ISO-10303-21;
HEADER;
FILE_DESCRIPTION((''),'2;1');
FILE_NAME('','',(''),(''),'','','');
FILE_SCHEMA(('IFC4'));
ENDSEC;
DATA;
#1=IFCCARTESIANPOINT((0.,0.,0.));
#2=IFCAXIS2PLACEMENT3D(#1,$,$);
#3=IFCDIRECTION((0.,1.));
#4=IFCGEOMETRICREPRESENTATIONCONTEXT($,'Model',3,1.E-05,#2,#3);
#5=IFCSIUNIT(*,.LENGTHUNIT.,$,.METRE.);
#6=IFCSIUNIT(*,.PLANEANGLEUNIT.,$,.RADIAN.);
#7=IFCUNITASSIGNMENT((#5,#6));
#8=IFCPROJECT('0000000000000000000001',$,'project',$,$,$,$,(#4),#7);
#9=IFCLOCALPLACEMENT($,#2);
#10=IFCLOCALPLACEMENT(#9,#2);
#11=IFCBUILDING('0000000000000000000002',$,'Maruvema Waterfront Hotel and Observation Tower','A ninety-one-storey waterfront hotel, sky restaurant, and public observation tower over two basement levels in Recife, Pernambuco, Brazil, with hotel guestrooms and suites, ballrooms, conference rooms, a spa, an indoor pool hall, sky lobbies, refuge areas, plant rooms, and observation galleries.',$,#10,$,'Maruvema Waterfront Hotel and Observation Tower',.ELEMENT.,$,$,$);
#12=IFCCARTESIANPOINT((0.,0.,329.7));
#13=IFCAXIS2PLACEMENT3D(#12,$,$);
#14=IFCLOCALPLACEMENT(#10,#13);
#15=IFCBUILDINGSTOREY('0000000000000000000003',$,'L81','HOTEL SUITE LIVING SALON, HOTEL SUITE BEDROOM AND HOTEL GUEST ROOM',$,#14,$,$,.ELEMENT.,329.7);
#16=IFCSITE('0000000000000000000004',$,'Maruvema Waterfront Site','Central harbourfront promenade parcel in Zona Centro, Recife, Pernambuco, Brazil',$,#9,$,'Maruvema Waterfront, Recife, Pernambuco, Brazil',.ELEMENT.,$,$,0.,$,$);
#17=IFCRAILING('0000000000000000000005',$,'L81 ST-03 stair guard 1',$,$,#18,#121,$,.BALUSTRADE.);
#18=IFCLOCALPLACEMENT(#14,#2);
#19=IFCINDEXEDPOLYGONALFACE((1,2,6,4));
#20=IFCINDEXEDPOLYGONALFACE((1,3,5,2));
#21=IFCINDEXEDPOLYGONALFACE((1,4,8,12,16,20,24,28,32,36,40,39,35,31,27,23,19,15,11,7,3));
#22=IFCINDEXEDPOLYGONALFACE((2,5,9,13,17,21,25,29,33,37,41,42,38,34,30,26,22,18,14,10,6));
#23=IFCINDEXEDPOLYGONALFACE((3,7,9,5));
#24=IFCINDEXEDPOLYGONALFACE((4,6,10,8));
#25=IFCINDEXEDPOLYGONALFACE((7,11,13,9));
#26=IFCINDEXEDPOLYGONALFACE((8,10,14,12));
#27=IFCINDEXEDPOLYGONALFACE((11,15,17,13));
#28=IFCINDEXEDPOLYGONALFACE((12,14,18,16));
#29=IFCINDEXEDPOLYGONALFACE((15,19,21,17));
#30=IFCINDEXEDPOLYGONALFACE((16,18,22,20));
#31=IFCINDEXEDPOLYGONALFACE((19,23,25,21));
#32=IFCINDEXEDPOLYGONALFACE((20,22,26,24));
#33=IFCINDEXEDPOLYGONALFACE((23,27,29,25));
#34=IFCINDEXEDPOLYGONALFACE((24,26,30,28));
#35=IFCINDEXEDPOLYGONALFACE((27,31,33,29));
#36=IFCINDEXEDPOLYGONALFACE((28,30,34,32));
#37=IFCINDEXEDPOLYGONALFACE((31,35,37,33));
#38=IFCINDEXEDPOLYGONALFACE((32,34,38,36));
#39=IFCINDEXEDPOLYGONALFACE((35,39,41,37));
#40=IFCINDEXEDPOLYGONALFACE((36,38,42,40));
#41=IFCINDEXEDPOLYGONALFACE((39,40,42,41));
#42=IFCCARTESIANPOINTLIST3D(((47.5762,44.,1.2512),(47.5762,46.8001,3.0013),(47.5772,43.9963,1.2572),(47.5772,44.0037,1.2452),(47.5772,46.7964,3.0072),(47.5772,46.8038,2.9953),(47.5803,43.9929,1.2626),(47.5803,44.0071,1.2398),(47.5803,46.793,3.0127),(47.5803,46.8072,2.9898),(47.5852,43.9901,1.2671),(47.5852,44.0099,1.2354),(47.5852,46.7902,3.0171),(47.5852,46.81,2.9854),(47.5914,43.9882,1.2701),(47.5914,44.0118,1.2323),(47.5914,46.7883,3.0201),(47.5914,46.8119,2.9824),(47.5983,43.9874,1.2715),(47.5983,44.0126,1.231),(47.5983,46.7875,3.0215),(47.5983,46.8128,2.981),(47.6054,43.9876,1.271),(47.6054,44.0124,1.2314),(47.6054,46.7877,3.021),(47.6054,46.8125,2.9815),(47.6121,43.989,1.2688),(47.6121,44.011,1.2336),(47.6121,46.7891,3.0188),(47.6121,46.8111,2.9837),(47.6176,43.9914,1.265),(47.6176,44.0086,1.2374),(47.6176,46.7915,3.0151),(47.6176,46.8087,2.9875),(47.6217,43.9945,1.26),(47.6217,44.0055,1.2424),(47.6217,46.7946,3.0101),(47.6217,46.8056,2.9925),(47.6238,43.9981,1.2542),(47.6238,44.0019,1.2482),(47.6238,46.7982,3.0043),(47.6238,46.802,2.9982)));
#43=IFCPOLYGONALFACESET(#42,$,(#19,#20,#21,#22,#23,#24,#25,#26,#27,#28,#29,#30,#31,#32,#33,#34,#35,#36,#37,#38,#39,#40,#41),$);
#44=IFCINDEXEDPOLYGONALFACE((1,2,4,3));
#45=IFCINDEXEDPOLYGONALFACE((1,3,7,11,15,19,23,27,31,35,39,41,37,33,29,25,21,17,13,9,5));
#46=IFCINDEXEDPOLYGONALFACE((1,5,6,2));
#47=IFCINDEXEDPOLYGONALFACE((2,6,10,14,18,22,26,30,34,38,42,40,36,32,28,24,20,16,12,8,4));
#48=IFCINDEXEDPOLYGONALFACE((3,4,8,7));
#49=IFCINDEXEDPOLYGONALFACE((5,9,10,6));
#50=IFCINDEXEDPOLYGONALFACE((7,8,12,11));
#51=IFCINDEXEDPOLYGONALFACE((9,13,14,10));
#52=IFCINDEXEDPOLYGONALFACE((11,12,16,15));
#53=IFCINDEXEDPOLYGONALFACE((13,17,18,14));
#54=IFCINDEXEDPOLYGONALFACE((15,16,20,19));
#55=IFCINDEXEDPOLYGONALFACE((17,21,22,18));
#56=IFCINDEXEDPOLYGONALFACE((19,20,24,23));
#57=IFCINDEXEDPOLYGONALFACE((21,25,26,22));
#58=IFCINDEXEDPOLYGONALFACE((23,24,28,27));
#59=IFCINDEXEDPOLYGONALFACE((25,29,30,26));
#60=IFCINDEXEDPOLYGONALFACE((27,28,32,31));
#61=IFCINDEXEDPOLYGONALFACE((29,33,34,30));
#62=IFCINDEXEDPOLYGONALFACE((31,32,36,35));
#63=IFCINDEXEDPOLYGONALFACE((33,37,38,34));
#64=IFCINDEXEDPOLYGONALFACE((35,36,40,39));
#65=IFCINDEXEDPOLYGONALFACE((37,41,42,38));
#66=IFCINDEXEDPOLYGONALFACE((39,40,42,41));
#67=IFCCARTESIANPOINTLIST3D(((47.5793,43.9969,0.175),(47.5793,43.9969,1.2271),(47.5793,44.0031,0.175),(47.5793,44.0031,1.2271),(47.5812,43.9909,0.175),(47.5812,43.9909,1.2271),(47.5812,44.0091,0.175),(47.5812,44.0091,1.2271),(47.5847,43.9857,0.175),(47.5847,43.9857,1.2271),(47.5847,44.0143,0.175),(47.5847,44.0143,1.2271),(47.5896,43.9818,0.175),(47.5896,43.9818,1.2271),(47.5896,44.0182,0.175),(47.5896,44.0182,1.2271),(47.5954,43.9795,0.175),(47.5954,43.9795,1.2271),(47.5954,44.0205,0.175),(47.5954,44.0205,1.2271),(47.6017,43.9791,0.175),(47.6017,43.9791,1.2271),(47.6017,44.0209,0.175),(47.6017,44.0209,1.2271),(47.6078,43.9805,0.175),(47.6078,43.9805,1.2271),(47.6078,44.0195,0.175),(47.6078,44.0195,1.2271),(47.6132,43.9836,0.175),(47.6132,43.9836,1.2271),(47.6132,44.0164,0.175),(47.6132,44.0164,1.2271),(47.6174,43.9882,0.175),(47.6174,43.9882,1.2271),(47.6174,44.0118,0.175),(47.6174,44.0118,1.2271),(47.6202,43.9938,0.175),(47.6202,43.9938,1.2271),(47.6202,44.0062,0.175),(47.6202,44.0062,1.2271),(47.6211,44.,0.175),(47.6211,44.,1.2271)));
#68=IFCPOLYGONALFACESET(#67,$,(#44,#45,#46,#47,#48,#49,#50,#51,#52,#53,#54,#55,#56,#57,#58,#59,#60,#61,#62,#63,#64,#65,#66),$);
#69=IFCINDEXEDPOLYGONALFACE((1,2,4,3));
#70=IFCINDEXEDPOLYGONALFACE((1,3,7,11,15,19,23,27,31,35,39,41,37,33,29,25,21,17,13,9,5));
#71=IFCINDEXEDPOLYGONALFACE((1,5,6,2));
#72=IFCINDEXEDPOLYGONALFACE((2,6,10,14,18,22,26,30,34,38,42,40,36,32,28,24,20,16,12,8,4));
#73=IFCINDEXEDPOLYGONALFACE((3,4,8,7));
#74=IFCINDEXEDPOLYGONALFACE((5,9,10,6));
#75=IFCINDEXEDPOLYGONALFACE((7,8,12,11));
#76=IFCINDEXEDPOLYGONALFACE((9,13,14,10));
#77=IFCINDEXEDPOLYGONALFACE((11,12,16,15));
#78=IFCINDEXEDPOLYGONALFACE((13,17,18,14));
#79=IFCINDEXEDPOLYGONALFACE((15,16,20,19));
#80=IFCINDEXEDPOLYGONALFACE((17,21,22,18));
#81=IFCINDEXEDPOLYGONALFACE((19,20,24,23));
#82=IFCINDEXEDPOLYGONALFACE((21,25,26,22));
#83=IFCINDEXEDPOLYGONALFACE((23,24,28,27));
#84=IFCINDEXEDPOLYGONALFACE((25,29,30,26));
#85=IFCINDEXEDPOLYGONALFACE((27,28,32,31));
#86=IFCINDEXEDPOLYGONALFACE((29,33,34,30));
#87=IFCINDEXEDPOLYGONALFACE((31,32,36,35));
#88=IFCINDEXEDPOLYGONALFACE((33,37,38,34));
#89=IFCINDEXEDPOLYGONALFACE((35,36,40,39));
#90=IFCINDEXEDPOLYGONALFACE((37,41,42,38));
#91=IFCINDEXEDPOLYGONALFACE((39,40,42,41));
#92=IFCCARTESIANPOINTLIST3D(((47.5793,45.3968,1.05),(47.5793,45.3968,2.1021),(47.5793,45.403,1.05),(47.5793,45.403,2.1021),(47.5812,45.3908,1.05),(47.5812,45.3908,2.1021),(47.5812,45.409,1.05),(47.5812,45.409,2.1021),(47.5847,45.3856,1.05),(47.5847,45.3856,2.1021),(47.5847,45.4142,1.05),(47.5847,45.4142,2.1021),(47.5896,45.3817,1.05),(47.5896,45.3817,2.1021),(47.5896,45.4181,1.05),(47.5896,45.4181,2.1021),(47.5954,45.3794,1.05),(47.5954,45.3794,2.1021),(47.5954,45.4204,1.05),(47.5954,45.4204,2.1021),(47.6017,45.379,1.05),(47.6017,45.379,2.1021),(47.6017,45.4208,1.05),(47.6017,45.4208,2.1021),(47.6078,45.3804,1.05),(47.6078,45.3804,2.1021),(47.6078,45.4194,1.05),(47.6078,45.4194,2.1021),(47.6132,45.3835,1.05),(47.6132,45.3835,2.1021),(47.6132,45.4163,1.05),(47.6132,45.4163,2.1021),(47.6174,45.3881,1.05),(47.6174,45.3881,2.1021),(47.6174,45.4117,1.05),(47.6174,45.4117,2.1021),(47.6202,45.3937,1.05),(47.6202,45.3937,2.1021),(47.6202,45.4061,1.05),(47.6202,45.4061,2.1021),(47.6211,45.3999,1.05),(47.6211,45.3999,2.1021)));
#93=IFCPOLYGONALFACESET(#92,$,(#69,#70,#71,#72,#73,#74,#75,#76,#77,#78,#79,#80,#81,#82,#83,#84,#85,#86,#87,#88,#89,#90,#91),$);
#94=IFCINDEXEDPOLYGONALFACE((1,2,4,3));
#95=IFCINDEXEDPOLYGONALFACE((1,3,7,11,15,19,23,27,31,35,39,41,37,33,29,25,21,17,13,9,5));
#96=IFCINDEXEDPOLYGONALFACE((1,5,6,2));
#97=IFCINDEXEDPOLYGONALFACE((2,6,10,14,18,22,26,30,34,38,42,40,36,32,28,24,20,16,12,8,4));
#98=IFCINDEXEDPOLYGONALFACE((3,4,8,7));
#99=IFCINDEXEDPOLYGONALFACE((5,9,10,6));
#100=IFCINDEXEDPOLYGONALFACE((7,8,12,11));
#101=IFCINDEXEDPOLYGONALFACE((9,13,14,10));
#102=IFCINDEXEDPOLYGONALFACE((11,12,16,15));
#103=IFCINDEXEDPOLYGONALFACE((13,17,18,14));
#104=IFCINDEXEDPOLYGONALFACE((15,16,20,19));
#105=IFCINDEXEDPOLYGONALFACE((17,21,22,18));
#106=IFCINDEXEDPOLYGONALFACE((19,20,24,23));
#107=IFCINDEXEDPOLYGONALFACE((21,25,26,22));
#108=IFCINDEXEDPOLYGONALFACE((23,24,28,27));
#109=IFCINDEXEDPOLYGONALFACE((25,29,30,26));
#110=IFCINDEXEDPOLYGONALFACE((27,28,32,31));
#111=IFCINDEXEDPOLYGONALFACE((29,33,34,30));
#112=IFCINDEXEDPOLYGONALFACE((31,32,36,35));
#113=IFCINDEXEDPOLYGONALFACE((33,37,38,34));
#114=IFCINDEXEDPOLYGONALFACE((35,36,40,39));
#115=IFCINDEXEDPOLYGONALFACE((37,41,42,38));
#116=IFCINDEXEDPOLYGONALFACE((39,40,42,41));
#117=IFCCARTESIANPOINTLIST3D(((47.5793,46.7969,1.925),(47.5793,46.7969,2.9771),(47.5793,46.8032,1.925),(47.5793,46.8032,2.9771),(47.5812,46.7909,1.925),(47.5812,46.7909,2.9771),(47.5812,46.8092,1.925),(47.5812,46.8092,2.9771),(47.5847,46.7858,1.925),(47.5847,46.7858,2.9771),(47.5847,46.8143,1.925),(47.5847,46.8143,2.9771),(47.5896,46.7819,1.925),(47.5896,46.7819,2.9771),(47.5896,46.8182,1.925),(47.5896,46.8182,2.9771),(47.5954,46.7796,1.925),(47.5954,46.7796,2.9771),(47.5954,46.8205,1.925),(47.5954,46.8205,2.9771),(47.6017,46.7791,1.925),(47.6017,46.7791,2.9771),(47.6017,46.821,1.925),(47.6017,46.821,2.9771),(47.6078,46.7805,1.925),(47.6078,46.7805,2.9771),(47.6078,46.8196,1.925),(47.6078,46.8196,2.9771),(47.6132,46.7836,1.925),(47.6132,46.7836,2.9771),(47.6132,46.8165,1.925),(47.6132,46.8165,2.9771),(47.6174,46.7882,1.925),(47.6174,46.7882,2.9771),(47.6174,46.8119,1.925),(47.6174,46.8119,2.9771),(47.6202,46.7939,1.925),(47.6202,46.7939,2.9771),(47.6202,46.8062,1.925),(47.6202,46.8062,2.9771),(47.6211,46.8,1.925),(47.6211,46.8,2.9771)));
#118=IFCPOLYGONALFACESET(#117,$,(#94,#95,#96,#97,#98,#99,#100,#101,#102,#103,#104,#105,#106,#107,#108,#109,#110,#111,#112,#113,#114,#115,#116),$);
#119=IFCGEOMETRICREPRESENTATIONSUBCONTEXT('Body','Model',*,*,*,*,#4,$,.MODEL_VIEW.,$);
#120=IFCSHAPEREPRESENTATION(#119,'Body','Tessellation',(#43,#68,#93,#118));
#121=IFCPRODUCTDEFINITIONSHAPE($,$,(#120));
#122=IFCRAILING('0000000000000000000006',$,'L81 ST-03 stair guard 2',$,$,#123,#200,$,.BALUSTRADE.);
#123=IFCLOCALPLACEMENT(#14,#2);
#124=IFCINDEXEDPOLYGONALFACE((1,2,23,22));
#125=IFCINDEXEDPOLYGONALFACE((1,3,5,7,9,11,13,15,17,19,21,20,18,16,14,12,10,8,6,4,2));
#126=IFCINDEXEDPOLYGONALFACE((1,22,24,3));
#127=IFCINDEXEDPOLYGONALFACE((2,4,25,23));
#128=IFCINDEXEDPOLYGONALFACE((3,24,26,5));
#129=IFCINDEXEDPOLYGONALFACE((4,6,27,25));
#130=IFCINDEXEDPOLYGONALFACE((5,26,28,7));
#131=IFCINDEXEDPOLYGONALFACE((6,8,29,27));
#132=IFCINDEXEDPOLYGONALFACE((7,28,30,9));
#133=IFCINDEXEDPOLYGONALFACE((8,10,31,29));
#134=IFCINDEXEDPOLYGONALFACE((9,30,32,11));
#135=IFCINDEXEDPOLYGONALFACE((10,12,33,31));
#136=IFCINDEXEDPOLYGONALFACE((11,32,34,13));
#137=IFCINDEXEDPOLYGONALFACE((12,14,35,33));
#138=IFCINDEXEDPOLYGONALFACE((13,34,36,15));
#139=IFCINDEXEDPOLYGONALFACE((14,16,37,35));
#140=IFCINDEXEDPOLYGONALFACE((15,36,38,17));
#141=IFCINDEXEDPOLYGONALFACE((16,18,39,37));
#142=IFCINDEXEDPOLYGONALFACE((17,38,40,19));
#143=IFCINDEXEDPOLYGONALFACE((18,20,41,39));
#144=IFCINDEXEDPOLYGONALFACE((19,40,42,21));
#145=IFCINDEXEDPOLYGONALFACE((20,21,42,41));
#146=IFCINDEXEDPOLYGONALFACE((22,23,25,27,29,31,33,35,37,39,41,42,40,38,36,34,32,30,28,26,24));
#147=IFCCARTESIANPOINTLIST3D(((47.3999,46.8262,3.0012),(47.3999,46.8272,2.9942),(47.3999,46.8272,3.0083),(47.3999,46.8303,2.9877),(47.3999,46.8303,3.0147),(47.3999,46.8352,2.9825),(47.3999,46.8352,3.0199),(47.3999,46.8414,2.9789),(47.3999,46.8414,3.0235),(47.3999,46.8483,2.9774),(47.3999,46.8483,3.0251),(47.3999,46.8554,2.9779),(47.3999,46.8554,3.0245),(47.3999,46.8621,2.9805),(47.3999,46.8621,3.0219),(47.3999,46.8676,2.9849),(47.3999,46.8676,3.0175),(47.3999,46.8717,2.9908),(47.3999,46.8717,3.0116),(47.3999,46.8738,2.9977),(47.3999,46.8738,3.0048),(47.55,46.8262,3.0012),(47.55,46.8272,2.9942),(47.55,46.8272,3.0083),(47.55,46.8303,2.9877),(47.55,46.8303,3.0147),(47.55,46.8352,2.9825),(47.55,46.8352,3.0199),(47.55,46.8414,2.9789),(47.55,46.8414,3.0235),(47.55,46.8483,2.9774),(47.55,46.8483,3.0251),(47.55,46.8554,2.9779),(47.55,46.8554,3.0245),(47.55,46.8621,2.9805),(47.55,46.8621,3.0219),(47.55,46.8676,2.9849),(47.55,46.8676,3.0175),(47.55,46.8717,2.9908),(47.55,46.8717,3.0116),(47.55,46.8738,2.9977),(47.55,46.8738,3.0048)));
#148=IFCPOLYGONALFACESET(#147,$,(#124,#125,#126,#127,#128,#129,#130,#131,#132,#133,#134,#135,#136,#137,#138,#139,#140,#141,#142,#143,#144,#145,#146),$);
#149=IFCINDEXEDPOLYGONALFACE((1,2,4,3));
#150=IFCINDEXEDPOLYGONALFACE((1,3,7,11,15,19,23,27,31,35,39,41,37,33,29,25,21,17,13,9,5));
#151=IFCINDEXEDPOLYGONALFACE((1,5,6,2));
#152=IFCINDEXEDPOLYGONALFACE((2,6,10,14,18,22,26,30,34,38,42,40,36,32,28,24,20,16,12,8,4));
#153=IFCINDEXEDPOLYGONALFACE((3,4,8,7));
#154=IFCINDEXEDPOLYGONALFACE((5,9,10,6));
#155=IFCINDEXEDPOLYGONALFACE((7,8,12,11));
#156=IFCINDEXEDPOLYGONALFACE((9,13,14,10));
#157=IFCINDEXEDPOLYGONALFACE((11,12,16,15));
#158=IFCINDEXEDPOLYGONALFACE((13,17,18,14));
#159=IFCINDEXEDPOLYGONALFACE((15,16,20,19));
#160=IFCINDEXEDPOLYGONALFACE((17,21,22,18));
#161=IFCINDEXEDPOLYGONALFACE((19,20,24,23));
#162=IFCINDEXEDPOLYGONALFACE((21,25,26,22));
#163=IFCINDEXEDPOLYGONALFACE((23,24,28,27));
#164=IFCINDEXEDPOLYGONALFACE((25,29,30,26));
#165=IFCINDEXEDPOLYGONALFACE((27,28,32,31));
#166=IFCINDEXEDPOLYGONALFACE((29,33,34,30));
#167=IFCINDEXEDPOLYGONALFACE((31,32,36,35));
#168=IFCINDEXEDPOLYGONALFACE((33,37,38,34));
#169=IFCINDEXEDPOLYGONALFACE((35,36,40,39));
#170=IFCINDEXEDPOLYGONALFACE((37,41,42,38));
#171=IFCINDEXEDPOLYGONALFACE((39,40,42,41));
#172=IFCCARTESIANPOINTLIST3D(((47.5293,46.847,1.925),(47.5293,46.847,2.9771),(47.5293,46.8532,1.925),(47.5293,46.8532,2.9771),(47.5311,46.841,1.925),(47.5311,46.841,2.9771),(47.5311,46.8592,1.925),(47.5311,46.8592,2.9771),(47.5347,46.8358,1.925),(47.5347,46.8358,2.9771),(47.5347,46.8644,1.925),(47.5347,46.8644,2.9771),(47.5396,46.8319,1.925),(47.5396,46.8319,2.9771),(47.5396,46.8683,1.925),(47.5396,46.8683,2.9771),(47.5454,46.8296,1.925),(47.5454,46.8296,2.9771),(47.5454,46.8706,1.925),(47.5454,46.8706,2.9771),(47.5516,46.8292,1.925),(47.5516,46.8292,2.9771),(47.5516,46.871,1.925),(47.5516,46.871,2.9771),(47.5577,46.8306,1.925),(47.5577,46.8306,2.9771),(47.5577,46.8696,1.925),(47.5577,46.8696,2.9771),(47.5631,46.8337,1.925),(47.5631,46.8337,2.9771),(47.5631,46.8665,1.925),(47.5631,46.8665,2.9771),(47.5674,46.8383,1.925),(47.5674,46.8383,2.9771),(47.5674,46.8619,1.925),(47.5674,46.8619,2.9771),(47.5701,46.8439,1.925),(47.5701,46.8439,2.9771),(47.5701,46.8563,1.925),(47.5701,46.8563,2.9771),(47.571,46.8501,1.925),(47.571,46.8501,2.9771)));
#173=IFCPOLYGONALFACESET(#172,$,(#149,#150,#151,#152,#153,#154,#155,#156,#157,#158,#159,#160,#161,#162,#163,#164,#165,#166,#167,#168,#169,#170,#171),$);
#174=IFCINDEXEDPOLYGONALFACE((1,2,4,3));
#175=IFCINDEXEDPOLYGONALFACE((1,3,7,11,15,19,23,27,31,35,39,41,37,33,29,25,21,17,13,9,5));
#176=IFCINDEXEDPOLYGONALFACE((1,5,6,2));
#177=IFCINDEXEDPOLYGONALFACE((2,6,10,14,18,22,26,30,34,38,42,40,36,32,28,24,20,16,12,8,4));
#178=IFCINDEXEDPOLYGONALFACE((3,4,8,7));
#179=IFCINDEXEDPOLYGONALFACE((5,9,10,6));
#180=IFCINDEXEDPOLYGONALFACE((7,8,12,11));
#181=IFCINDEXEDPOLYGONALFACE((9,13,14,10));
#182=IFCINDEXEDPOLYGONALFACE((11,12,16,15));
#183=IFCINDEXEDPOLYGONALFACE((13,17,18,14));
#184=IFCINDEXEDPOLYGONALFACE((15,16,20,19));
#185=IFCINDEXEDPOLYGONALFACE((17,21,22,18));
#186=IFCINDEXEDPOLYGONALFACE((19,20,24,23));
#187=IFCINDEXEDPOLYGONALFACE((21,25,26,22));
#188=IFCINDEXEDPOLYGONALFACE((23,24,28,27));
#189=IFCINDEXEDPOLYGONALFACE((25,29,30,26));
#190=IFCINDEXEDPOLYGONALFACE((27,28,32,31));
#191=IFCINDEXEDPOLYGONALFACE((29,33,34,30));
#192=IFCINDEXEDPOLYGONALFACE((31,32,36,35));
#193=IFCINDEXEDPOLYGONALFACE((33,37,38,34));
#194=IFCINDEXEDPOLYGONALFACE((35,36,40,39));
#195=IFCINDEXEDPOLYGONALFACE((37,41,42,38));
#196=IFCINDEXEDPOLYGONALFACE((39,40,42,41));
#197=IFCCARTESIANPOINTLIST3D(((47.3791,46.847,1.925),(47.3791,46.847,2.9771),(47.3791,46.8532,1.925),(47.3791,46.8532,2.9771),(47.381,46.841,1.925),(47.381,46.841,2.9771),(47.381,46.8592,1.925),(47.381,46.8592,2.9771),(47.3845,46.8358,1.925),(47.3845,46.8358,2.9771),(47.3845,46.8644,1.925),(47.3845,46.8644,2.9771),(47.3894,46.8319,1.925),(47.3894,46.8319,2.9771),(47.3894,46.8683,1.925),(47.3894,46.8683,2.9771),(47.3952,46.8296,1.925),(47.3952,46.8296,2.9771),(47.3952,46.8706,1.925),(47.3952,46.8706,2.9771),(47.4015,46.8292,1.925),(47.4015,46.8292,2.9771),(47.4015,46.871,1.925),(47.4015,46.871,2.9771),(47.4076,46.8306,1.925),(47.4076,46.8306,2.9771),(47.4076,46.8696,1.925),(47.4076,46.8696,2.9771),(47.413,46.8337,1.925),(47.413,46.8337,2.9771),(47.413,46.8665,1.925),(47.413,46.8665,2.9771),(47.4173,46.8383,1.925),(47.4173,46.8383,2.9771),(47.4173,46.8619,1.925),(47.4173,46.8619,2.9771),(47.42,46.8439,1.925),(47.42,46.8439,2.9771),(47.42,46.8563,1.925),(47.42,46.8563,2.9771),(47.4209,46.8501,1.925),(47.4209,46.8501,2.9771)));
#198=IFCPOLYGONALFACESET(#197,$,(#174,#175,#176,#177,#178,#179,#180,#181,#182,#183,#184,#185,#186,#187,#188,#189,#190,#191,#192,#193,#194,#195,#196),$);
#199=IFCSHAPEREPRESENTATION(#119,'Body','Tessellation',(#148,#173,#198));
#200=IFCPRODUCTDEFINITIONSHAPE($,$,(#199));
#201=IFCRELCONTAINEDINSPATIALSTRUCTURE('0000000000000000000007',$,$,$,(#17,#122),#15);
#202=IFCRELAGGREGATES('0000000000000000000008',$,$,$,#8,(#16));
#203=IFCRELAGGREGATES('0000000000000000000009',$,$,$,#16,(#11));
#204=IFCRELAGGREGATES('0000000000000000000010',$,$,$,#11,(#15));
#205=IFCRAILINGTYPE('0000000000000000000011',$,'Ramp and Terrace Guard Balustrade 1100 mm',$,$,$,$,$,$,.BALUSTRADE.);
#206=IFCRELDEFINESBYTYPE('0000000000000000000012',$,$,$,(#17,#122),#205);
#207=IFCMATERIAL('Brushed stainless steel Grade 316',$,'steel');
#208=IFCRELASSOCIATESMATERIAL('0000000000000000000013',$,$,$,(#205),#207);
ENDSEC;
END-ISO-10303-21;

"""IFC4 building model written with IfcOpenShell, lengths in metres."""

from ifc_helpers import new_model, si_unit, direction, frame, origin, origin_2d, place, context, subcontext, project, spatial, circle, extrude, material, type_object, element, save


model = new_model("IFC4")

# Units and contexts
model_context = context("Model", 3, precision=1e-05, world=origin(), true_north=direction((0.0, 1.0)))
body_context = subcontext(model_context, "Body", "Model", "MODEL_VIEW")
ifc_project = project(units=[si_unit("LENGTHUNIT", "METRE"), si_unit("PLANEANGLEUNIT", "RADIAN")], contexts=[model_context])

# Site, building, storey
site_placement = place(None, origin())
site = spatial("IfcSite", under=ifc_project, at=site_placement, Name="Maruvema Waterfront Site", Description="Central harbourfront promenade parcel in Zona Centro, Recife, Pernambuco, Brazil", LongName="Maruvema Waterfront, Recife, Pernambuco, Brazil", CompositionType="ELEMENT", RefElevation=0.0)
building_placement = place(site_placement, origin())
building = spatial("IfcBuilding", under=site, at=building_placement, Name="Maruvema Waterfront Hotel and Observation Tower", Description="A ninety-one-storey waterfront hotel, sky restaurant, and public observation tower over two basement levels in Recife, Pernambuco, Brazil, with hotel guestrooms and suites, ballrooms, conference rooms, a spa, an indoor pool hall, sky lobbies, refuge areas, plant rooms, and observation galleries.", LongName="Maruvema Waterfront Hotel and Observation Tower", CompositionType="ELEMENT")
storey_placement = place(building_placement, frame((0.0, 0.0, 329.7)))
storey = spatial("IfcBuildingStorey", under=building, at=storey_placement, Name="L81", Description="HOTEL SUITE LIVING SALON, HOTEL SUITE BEDROOM AND HOTEL GUEST ROOM", CompositionType="ELEMENT", Elevation=329.7)

# Railings
ifc_material_1 = material(Name="Brushed stainless steel Grade 316", Category="steel")
railing_type_1 = type_object("IfcRailingType", Name="Ramp and Terrace Guard Balustrade 1100 mm", PredefinedType="BALUSTRADE", material=ifc_material_1)
railing_1_placement = place(storey_placement, frame((47.6001, 44.0, 0.175)))
element("IfcRailing", 1, at=railing_1_placement, inside=storey, type_object=railing_type_1, Name="L81 ST-03 stair guard 1", PredefinedType="BALUSTRADE", context=body_context, shape_type="SweptSolid", body=[
    extrude(circle(Radius=0.0239, at=origin_2d()), frame((0.0, 0.0, 1.0762), z_axis=(0.0, 0.848002, 0.529992), x_axis=(-1.0, 0.0, 0.0)), (0.0, 0.0, 1.0), 3.302),
    extrude(circle(Radius=0.021, at=origin_2d()), origin(), (0.0, 0.0, 1.0), 1.052),
    extrude(circle(Radius=0.021, at=origin_2d()), frame((0.0, 1.3999, 0.875)), (0.0, 0.0, 1.0), 1.052),
    extrude(circle(Radius=0.021, at=origin_2d()), frame((0.0, 2.8, 1.75)), (0.0, 0.0, 1.0), 1.052),
])
railing_2_placement = place(storey_placement, frame((47.55, 46.8501, 1.925)))
element("IfcRailing", 2, at=railing_2_placement, inside=storey, type_object=railing_type_1, Name="L81 ST-03 stair guard 2", PredefinedType="BALUSTRADE", context=body_context, shape_type="SweptSolid", body=[
    extrude(circle(Radius=0.0239, at=origin_2d()), frame((0.0, 0.0, 1.0762), z_axis=(-1.0, 0.0, 0.0), x_axis=(0.0, -1.0, 0.0)), (0.0, 0.0, 1.0), 0.1501),
    extrude(circle(Radius=0.021, at=origin_2d()), origin(), (0.0, 0.0, 1.0), 1.052),
    extrude(circle(Radius=0.021, at=origin_2d()), frame((-0.1501, 0.0, 0.0)), (0.0, 0.0, 1.0), 1.052),
])

save(model, "model.ifc")
